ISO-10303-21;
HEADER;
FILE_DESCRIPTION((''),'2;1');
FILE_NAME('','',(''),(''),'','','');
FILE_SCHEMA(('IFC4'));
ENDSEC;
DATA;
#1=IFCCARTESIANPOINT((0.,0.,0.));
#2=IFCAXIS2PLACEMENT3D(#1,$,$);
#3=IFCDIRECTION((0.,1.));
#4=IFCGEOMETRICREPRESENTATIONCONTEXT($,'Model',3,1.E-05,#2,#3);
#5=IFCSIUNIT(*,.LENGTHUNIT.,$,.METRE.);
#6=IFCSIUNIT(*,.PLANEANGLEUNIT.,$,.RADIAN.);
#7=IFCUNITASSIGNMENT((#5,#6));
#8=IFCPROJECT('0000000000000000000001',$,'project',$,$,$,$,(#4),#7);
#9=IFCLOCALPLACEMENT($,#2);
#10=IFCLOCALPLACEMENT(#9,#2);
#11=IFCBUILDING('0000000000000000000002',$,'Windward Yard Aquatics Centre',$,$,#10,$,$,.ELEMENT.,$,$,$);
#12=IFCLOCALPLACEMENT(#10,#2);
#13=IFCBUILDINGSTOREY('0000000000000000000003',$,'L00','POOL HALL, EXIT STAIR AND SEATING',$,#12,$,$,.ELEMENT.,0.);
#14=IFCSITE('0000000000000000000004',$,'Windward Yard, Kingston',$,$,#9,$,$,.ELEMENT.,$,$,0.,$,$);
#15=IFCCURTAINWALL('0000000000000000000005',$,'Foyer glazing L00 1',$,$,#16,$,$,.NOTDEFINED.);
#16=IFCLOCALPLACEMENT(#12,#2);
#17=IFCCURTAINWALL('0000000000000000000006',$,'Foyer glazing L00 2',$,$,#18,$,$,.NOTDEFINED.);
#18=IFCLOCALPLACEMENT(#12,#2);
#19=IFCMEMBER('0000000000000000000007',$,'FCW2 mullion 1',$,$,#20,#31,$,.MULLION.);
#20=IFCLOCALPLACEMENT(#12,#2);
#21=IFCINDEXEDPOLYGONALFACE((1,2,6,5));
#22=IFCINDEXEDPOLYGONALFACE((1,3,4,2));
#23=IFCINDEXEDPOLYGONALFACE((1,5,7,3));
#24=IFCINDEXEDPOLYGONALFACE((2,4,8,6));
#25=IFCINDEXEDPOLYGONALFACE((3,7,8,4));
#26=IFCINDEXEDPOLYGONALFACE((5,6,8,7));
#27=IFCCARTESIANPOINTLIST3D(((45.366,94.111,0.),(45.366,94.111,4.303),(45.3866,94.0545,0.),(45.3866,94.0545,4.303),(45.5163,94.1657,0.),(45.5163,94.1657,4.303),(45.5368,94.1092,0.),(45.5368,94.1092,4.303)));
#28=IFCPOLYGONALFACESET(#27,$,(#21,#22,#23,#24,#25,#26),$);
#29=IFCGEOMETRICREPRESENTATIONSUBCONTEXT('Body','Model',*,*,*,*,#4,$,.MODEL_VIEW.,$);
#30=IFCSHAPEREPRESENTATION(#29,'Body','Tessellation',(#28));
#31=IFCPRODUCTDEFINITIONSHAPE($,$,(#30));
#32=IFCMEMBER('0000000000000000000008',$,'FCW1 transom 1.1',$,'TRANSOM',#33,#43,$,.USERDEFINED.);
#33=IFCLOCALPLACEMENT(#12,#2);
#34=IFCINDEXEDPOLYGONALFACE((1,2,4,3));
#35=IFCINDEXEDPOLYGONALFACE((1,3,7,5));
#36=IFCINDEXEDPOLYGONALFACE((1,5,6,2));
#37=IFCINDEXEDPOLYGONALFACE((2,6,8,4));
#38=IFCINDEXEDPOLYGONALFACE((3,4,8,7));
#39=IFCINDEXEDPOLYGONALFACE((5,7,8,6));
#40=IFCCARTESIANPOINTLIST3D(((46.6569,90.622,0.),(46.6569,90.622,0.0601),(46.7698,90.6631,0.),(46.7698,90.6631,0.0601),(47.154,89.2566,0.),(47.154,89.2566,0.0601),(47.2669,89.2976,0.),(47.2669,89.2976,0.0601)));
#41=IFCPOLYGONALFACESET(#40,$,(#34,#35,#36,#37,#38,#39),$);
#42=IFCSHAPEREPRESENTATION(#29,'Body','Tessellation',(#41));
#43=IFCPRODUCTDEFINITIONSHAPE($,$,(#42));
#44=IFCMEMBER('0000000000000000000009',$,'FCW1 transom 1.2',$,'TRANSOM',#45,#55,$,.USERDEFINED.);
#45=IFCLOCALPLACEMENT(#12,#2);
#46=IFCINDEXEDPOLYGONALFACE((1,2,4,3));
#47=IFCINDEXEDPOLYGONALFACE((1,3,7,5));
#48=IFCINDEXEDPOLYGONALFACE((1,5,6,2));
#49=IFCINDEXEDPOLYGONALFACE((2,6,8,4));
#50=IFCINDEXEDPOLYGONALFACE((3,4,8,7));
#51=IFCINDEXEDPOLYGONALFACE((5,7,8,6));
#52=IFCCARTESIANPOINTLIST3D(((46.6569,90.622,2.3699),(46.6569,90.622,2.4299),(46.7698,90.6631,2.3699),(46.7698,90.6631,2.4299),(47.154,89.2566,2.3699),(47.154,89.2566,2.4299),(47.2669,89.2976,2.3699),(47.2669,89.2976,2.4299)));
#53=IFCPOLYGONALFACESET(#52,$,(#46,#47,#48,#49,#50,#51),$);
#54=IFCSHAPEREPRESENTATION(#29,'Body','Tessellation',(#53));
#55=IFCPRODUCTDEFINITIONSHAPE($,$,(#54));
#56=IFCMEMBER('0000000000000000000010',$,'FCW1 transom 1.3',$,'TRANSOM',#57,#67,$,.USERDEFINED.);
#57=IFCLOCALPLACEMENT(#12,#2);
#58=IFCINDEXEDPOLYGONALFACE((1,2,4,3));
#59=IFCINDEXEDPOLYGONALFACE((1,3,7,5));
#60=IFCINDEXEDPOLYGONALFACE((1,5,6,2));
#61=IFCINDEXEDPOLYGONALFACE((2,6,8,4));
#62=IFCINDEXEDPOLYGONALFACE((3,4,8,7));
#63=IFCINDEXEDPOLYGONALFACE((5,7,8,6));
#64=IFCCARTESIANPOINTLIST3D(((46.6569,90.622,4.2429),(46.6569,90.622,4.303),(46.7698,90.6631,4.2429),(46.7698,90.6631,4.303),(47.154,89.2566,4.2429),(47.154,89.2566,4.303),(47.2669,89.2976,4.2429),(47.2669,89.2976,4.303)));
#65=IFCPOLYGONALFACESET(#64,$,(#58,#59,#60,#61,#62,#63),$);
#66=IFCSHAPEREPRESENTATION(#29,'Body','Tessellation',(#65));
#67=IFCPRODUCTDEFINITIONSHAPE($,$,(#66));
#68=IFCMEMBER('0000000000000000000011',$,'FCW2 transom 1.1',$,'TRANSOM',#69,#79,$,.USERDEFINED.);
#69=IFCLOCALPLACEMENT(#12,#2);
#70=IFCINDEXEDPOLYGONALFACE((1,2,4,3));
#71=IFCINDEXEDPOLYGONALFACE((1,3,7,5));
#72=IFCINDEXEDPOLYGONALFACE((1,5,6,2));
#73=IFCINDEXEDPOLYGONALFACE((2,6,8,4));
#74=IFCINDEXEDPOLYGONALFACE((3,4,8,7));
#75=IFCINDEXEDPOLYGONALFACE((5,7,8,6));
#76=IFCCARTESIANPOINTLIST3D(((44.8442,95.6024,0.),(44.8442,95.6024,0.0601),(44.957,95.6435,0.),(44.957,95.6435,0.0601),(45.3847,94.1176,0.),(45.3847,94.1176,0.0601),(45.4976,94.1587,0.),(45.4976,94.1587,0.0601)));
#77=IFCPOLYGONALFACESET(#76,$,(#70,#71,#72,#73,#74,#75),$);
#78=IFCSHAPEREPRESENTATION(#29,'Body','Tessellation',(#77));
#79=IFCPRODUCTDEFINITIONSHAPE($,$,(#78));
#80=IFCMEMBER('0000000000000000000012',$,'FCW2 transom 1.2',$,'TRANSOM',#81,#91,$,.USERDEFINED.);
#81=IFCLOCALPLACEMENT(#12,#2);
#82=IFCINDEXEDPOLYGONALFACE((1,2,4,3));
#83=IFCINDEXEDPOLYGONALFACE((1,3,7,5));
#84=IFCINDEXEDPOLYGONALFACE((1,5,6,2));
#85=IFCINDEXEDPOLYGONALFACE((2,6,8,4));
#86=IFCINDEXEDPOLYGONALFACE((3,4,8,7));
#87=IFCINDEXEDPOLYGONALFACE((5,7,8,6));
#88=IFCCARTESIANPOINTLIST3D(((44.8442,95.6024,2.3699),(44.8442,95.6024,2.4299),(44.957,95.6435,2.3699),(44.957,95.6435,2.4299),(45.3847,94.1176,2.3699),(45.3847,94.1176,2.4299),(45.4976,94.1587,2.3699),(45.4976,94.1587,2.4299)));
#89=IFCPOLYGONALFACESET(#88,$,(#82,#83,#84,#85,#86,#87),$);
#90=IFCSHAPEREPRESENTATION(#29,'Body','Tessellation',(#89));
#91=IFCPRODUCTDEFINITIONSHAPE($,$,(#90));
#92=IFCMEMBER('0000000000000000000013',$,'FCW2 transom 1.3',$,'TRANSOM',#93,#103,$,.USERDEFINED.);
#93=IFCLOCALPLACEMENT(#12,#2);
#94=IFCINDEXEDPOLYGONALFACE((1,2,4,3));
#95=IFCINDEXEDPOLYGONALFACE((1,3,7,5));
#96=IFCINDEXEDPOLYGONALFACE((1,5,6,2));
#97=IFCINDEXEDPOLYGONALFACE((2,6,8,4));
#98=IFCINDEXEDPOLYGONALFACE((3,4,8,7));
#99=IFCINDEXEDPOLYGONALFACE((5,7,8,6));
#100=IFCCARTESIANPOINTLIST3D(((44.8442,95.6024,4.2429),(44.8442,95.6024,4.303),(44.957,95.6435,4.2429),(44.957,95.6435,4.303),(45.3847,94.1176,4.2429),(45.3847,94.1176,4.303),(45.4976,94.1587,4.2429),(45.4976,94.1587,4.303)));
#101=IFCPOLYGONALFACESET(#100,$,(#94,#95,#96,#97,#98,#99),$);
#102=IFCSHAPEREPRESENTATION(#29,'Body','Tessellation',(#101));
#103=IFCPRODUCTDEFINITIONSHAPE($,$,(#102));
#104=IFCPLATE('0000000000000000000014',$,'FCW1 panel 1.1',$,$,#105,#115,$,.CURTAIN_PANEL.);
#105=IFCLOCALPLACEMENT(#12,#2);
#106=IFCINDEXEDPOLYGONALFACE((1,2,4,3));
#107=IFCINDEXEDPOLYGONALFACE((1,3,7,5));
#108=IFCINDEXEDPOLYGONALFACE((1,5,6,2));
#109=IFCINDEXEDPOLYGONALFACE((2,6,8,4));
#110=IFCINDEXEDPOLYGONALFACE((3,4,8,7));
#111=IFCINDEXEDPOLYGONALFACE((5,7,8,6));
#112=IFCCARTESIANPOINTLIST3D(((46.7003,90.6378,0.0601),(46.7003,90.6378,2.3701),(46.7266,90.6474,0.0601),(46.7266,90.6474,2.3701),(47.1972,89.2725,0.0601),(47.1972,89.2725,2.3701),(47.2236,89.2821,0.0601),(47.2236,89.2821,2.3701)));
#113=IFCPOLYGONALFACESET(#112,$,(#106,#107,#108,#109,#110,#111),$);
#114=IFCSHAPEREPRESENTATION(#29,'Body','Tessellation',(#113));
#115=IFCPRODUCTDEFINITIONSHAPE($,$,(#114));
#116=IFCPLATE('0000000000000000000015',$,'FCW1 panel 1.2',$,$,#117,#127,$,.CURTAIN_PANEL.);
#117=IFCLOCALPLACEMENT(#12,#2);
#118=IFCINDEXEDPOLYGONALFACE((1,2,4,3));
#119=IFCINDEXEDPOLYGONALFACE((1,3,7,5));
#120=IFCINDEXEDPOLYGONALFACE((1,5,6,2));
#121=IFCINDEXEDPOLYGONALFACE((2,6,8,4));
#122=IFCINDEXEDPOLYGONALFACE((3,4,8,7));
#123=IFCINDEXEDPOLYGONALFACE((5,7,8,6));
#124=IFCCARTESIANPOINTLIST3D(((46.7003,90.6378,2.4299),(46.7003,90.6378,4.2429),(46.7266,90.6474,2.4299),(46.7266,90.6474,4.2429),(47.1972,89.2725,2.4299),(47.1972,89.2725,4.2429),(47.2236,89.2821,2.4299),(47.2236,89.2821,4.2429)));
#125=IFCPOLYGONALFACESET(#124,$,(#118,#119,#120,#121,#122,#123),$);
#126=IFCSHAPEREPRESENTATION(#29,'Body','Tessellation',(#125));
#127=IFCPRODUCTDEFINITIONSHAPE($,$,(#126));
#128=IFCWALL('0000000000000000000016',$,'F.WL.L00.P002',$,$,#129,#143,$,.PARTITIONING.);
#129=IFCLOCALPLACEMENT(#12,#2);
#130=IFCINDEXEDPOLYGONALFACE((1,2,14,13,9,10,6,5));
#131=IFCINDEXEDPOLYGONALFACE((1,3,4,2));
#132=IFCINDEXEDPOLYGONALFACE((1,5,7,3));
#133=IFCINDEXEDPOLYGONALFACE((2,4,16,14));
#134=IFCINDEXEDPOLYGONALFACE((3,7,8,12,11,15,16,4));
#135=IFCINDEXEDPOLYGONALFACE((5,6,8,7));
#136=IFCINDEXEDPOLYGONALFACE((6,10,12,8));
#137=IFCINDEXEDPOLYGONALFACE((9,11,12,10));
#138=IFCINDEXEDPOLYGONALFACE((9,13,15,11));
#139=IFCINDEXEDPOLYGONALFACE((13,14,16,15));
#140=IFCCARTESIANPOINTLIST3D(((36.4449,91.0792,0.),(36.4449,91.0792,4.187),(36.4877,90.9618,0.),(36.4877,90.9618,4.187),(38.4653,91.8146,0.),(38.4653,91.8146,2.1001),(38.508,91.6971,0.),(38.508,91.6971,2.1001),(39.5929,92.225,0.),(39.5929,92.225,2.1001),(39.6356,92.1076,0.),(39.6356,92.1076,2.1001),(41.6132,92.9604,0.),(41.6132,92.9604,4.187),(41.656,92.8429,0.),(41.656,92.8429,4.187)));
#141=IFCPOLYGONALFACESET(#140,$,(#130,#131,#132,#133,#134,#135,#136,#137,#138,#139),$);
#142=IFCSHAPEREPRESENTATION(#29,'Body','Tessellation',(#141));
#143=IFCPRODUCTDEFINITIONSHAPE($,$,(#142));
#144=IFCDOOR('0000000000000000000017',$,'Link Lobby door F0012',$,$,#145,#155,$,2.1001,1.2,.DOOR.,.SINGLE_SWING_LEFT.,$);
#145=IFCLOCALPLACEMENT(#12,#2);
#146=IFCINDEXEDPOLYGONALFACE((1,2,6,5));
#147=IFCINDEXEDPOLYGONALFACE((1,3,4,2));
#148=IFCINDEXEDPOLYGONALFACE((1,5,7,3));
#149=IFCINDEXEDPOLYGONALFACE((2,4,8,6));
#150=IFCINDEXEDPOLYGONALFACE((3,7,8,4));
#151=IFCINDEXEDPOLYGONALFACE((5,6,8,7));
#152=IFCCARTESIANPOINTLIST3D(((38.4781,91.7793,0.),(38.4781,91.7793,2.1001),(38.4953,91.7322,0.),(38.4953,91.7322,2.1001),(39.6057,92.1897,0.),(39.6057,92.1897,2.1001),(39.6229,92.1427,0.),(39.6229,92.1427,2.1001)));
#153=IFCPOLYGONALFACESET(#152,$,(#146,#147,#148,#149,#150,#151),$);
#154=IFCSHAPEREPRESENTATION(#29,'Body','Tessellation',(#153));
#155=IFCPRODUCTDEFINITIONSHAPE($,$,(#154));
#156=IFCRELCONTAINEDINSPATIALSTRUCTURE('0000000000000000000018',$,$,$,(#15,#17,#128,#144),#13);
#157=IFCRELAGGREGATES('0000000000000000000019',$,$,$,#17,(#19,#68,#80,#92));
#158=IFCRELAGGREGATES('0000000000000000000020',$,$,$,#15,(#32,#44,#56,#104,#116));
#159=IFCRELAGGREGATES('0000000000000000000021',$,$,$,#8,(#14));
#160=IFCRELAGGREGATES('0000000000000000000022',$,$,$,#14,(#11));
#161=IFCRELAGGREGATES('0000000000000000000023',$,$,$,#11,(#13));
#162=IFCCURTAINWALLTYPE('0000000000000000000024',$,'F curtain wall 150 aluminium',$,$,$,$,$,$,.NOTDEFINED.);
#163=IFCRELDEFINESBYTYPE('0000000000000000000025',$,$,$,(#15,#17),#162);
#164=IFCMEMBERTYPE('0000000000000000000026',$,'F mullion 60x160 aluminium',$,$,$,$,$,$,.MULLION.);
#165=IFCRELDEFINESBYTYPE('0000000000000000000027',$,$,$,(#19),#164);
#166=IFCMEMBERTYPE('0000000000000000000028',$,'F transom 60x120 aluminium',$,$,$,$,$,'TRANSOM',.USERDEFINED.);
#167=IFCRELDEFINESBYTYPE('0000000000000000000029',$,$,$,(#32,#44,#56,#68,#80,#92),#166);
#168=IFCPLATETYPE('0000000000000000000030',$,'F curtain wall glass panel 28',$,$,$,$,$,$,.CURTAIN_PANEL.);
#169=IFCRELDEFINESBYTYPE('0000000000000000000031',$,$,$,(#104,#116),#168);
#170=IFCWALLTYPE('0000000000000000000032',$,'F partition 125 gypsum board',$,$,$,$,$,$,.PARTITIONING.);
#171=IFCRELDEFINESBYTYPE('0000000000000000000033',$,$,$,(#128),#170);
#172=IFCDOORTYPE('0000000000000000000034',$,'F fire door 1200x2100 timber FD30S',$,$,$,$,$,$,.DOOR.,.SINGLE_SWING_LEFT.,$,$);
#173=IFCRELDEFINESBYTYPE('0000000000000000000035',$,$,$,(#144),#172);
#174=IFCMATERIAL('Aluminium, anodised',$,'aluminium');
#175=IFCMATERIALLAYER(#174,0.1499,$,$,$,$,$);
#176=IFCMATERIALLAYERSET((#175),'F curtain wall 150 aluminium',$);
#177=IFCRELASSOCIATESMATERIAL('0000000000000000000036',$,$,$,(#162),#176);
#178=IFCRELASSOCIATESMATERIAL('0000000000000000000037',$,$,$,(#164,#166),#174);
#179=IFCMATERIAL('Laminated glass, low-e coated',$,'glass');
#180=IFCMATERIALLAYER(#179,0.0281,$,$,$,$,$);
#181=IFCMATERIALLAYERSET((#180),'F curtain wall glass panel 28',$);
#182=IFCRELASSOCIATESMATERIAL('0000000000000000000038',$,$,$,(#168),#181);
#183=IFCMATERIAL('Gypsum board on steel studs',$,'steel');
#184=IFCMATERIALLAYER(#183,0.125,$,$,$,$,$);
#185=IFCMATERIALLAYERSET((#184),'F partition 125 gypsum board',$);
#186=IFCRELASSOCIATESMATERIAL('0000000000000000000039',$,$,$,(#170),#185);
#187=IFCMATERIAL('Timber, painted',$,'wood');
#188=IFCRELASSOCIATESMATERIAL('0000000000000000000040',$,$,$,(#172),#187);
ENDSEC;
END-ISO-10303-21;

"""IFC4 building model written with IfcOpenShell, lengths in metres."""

from ifc_helpers import new_model, si_unit, direction, frame, frame_2d, origin, origin_2d, place, context, subcontext, project, spatial, rectangle, extrude, material, layer, layer_set, material_profile, profile_set, type_object, element, fill, aggregate, save


model = new_model("IFC4")

# Units and contexts
model_context = context("Model", 3, precision=1e-05, world=origin(), true_north=direction((0.0, 1.0)))
body_context = subcontext(model_context, "Body", "Model", "MODEL_VIEW")
ifc_project = project(units=[si_unit("LENGTHUNIT", "METRE"), si_unit("PLANEANGLEUNIT", "RADIAN")], contexts=[model_context])

# Site, building, storey
site_placement = place(None, origin())
site = spatial("IfcSite", under=ifc_project, at=site_placement, Name="Windward Yard, Kingston", CompositionType="ELEMENT", RefElevation=0.0)
building_placement = place(site_placement, origin())
building = spatial("IfcBuilding", under=site, at=building_placement, Name="Windward Yard Aquatics Centre", CompositionType="ELEMENT")
storey_placement = place(building_placement, origin())
storey = spatial("IfcBuildingStorey", under=building, at=storey_placement, Name="L00", Description="POOL HALL, EXIT STAIR AND SEATING", CompositionType="ELEMENT", Elevation=0.0)

# Curtain wall
ifc_material_1 = material(Name="Aluminium, anodised", Category="aluminium")
ifc_layer_1 = layer(ifc_material_1, 0.1499)
ifc_layer_set_1 = layer_set([ifc_layer_1], Name="F curtain wall 150 aluminium")
curtain_wall_type = type_object("IfcCurtainWallType", Name="F curtain wall 150 aluminium", PredefinedType="NOTDEFINED", material=ifc_layer_set_1)
curtain_wall_1_placement = place(storey_placement, origin())
curtain_wall_1 = element("IfcCurtainWall", 1, at=curtain_wall_1_placement, inside=storey, type_object=curtain_wall_type, Name="Foyer glazing L00 1", PredefinedType="NOTDEFINED")
ifc_material_profile_1 = material_profile(ifc_material_1, rectangle(XDim=0.1599, YDim=0.0601, at=origin_2d()), Name="MULLION 60x160")
ifc_profile_set_1 = profile_set([ifc_material_profile_1], Name="Aluminium, anodised")
member_type_1 = type_object("IfcMemberType", Name="F mullion 60x160 aluminium", PredefinedType="MULLION", material=ifc_profile_set_1)

# Curtain wall, member
curtain_wall_2_placement = place(storey_placement, origin())
curtain_wall_2 = element("IfcCurtainWall", 2, at=curtain_wall_2_placement, inside=storey, type_object=curtain_wall_type, Name="Foyer glazing L00 2", PredefinedType="NOTDEFINED")
member_1_placement = place(storey_placement, frame((45.4514, 94.1101, 0.0), z_axis=(0.0, 0.0, 1.0), x_axis=(-0.939682, -0.34205, 0.0)))
member_1 = element("IfcMember", 3, at=member_1_placement, type_object=member_type_1, Name="FCW2 mullion 1", PredefinedType="MULLION", context=body_context, shape_type="SweptSolid", body=[
    extrude(rectangle(XDim=0.1599, YDim=0.0601, at=origin_2d()), origin(), (0.0, 0.0, 1.0), 4.303),
])

# Members
ifc_material_profile_2 = material_profile(ifc_material_1, rectangle(XDim=0.1201, YDim=0.0601, at=origin_2d()), Name="TRANSOM 60x120")
ifc_profile_set_2 = profile_set([ifc_material_profile_2], Name="Aluminium, anodised")
member_type_2 = type_object("IfcMemberType", Name="F transom 60x120 aluminium", ElementType="TRANSOM", PredefinedType="USERDEFINED", material=ifc_profile_set_2)
member_2_placement = place(storey_placement, frame((47.2104, 89.2771, 0.03), z_axis=(-0.342067, 0.939676, 0.0), x_axis=(-0.939676, -0.342067, 0.0)))
member_2 = element("IfcMember", 4, at=member_2_placement, type_object=member_type_2, Name="FCW1 transom 1.1", ObjectType="TRANSOM", PredefinedType="USERDEFINED", context=body_context, shape_type="SweptSolid", body=[
    extrude(rectangle(XDim=0.1201, YDim=0.0601, at=origin_2d()), origin(), (0.0, 0.0, 1.0), 1.4531),
])
member_3_placement = place(storey_placement, frame((47.2104, 89.2771, 2.3999), z_axis=(-0.342067, 0.939676, 0.0), x_axis=(-0.939676, -0.342067, 0.0)))
member_3 = element("IfcMember", 5, at=member_3_placement, type_object=member_type_2, Name="FCW1 transom 1.2", ObjectType="TRANSOM", PredefinedType="USERDEFINED", context=body_context, shape_type="SweptSolid", body=[
    extrude(rectangle(XDim=0.1201, YDim=0.0601, at=origin_2d()), origin(), (0.0, 0.0, 1.0), 1.4531),
])
member_4_placement = place(storey_placement, frame((47.2104, 89.2771, 4.2729), z_axis=(-0.342067, 0.939676, 0.0), x_axis=(-0.939676, -0.342067, 0.0)))
member_4 = element("IfcMember", 6, at=member_4_placement, type_object=member_type_2, Name="FCW1 transom 1.3", ObjectType="TRANSOM", PredefinedType="USERDEFINED", context=body_context, shape_type="SweptSolid", body=[
    extrude(rectangle(XDim=0.1201, YDim=0.0601, at=origin_2d()), origin(), (0.0, 0.0, 1.0), 1.4531),
])
member_5_placement = place(storey_placement, frame((45.4412, 94.1382, 0.03), z_axis=(-0.342115, 0.939658, 0.0), x_axis=(-0.939658, -0.342115, 0.0)))
member_5 = element("IfcMember", 7, at=member_5_placement, type_object=member_type_2, Name="FCW2 transom 1.1", ObjectType="TRANSOM", PredefinedType="USERDEFINED", context=body_context, shape_type="SweptSolid", body=[
    extrude(rectangle(XDim=0.1201, YDim=0.0601, at=origin_2d()), origin(), (0.0, 0.0, 1.0), 1.5801),
])
member_6_placement = place(storey_placement, frame((45.4412, 94.1382, 2.3999), z_axis=(-0.342115, 0.939658, 0.0), x_axis=(-0.939658, -0.342115, 0.0)))
member_6 = element("IfcMember", 8, at=member_6_placement, type_object=member_type_2, Name="FCW2 transom 1.2", ObjectType="TRANSOM", PredefinedType="USERDEFINED", context=body_context, shape_type="SweptSolid", body=[
    extrude(rectangle(XDim=0.1201, YDim=0.0601, at=origin_2d()), origin(), (0.0, 0.0, 1.0), 1.5801),
])
member_7_placement = place(storey_placement, frame((45.4412, 94.1382, 4.2729), z_axis=(-0.342115, 0.939658, 0.0), x_axis=(-0.939658, -0.342115, 0.0)))
member_7 = element("IfcMember", 9, at=member_7_placement, type_object=member_type_2, Name="FCW2 transom 1.3", ObjectType="TRANSOM", PredefinedType="USERDEFINED", context=body_context, shape_type="SweptSolid", body=[
    extrude(rectangle(XDim=0.1201, YDim=0.0601, at=origin_2d()), origin(), (0.0, 0.0, 1.0), 1.5801),
])
aggregate(curtain_wall_2, [member_1, member_5, member_6, member_7])

# Plates
ifc_material_2 = material(Name="Laminated glass, low-e coated", Category="glass")
ifc_layer_2 = layer(ifc_material_2, 0.0281)
ifc_layer_set_2 = layer_set([ifc_layer_2], Name="F curtain wall glass panel 28")
plate_type = type_object("IfcPlateType", Name="F curtain wall glass panel 28", PredefinedType="CURTAIN_PANEL", material=ifc_layer_set_2)
plate_1_placement = place(storey_placement, frame((46.9619, 89.96, 0.0601), z_axis=(0.0, 0.0, 1.0), x_axis=(-0.342029, 0.939689, 0.0)))
plate_1 = element("IfcPlate", 10, at=plate_1_placement, type_object=plate_type, Name="FCW1 panel 1.1", PredefinedType="CURTAIN_PANEL", context=body_context, shape_type="SweptSolid", body=[
    extrude(rectangle(XDim=1.4529, YDim=0.0281, at=origin_2d()), origin(), (0.0, 0.0, 1.0), 2.3101),
])
plate_2_placement = place(storey_placement, frame((46.9619, 89.96, 2.4299), z_axis=(0.0, 0.0, 1.0), x_axis=(-0.342029, 0.939689, 0.0)))
plate_2 = element("IfcPlate", 11, at=plate_2_placement, type_object=plate_type, Name="FCW1 panel 1.2", PredefinedType="CURTAIN_PANEL", context=body_context, shape_type="SweptSolid", body=[
    extrude(rectangle(XDim=1.4529, YDim=0.0281, at=origin_2d()), origin(), (0.0, 0.0, 1.0), 1.813),
])
aggregate(curtain_wall_1, [member_2, member_3, member_4, plate_1, plate_2])

# Wall, opening, door
ifc_material_3 = material(Name="Gypsum board on steel studs", Category="steel")
ifc_layer_3 = layer(ifc_material_3, 0.125)
ifc_layer_set_3 = layer_set([ifc_layer_3], Name="F partition 125 gypsum board")
wall_type_1 = type_object("IfcWallType", Name="F partition 125 gypsum board", PredefinedType="PARTITIONING", material=ifc_layer_set_3)
wall_1_placement = place(storey_placement, frame((36.4663, 91.0205, 0.0), z_axis=(0.0, 0.0, 1.0), x_axis=(0.939691, 0.342025, 0.0)))
wall_1 = element("IfcWall", 12, at=wall_1_placement, inside=storey, type_object=wall_type_1, Name="F.WL.L00.P002", PredefinedType="PARTITIONING", context=body_context, shape_type="SweptSolid", body=[
    extrude(rectangle(XDim=5.5, YDim=0.125, at=frame_2d((2.75, 0.0))), origin(), (0.0, 0.0, 1.0), 4.187),
])
opening_1_placement = place(wall_1_placement, frame((2.1499, 0.0, 0.0)))
opening_1 = element("IfcOpeningElement", 13, at=opening_1_placement, cuts=wall_1, PredefinedType="OPENING", context=body_context, shape_type="SweptSolid", body=[
    extrude(rectangle(XDim=1.2, YDim=2.1001, at=frame_2d((0.6001, 1.05))), frame((0.0, 0.0725, 0.0), z_axis=(0.0, -1.0, 0.0), x_axis=(1.0, 0.0, 0.0)), (0.0, 0.0, 1.0), 0.145),
])
ifc_material_4 = material(Name="Timber, painted", Category="wood")
door_type_1 = type_object("IfcDoorType", Name="F fire door 1200x2100 timber FD30S", OperationType="SINGLE_SWING_LEFT", PredefinedType="DOOR", material=ifc_material_4)
door_1_placement = place(opening_1_placement, origin())
door_1 = element("IfcDoor", 14, at=door_1_placement, inside=storey, type_object=door_type_1, Name="Link Lobby door F0012", OperationType="SINGLE_SWING_LEFT", OverallHeight=2.1001, OverallWidth=1.2, PredefinedType="DOOR", context=body_context, shape_type="SweptSolid", body=[
    extrude(rectangle(XDim=1.2, YDim=2.1001, at=frame_2d((0.6001, 1.05))), frame((0.0, 0.0249, 0.0), z_axis=(0.0, -1.0, 0.0), x_axis=(1.0, 0.0, 0.0)), (0.0, 0.0, 1.0), 0.05),
])
fill(opening_1, door_1)

save(model, "model.ifc")
